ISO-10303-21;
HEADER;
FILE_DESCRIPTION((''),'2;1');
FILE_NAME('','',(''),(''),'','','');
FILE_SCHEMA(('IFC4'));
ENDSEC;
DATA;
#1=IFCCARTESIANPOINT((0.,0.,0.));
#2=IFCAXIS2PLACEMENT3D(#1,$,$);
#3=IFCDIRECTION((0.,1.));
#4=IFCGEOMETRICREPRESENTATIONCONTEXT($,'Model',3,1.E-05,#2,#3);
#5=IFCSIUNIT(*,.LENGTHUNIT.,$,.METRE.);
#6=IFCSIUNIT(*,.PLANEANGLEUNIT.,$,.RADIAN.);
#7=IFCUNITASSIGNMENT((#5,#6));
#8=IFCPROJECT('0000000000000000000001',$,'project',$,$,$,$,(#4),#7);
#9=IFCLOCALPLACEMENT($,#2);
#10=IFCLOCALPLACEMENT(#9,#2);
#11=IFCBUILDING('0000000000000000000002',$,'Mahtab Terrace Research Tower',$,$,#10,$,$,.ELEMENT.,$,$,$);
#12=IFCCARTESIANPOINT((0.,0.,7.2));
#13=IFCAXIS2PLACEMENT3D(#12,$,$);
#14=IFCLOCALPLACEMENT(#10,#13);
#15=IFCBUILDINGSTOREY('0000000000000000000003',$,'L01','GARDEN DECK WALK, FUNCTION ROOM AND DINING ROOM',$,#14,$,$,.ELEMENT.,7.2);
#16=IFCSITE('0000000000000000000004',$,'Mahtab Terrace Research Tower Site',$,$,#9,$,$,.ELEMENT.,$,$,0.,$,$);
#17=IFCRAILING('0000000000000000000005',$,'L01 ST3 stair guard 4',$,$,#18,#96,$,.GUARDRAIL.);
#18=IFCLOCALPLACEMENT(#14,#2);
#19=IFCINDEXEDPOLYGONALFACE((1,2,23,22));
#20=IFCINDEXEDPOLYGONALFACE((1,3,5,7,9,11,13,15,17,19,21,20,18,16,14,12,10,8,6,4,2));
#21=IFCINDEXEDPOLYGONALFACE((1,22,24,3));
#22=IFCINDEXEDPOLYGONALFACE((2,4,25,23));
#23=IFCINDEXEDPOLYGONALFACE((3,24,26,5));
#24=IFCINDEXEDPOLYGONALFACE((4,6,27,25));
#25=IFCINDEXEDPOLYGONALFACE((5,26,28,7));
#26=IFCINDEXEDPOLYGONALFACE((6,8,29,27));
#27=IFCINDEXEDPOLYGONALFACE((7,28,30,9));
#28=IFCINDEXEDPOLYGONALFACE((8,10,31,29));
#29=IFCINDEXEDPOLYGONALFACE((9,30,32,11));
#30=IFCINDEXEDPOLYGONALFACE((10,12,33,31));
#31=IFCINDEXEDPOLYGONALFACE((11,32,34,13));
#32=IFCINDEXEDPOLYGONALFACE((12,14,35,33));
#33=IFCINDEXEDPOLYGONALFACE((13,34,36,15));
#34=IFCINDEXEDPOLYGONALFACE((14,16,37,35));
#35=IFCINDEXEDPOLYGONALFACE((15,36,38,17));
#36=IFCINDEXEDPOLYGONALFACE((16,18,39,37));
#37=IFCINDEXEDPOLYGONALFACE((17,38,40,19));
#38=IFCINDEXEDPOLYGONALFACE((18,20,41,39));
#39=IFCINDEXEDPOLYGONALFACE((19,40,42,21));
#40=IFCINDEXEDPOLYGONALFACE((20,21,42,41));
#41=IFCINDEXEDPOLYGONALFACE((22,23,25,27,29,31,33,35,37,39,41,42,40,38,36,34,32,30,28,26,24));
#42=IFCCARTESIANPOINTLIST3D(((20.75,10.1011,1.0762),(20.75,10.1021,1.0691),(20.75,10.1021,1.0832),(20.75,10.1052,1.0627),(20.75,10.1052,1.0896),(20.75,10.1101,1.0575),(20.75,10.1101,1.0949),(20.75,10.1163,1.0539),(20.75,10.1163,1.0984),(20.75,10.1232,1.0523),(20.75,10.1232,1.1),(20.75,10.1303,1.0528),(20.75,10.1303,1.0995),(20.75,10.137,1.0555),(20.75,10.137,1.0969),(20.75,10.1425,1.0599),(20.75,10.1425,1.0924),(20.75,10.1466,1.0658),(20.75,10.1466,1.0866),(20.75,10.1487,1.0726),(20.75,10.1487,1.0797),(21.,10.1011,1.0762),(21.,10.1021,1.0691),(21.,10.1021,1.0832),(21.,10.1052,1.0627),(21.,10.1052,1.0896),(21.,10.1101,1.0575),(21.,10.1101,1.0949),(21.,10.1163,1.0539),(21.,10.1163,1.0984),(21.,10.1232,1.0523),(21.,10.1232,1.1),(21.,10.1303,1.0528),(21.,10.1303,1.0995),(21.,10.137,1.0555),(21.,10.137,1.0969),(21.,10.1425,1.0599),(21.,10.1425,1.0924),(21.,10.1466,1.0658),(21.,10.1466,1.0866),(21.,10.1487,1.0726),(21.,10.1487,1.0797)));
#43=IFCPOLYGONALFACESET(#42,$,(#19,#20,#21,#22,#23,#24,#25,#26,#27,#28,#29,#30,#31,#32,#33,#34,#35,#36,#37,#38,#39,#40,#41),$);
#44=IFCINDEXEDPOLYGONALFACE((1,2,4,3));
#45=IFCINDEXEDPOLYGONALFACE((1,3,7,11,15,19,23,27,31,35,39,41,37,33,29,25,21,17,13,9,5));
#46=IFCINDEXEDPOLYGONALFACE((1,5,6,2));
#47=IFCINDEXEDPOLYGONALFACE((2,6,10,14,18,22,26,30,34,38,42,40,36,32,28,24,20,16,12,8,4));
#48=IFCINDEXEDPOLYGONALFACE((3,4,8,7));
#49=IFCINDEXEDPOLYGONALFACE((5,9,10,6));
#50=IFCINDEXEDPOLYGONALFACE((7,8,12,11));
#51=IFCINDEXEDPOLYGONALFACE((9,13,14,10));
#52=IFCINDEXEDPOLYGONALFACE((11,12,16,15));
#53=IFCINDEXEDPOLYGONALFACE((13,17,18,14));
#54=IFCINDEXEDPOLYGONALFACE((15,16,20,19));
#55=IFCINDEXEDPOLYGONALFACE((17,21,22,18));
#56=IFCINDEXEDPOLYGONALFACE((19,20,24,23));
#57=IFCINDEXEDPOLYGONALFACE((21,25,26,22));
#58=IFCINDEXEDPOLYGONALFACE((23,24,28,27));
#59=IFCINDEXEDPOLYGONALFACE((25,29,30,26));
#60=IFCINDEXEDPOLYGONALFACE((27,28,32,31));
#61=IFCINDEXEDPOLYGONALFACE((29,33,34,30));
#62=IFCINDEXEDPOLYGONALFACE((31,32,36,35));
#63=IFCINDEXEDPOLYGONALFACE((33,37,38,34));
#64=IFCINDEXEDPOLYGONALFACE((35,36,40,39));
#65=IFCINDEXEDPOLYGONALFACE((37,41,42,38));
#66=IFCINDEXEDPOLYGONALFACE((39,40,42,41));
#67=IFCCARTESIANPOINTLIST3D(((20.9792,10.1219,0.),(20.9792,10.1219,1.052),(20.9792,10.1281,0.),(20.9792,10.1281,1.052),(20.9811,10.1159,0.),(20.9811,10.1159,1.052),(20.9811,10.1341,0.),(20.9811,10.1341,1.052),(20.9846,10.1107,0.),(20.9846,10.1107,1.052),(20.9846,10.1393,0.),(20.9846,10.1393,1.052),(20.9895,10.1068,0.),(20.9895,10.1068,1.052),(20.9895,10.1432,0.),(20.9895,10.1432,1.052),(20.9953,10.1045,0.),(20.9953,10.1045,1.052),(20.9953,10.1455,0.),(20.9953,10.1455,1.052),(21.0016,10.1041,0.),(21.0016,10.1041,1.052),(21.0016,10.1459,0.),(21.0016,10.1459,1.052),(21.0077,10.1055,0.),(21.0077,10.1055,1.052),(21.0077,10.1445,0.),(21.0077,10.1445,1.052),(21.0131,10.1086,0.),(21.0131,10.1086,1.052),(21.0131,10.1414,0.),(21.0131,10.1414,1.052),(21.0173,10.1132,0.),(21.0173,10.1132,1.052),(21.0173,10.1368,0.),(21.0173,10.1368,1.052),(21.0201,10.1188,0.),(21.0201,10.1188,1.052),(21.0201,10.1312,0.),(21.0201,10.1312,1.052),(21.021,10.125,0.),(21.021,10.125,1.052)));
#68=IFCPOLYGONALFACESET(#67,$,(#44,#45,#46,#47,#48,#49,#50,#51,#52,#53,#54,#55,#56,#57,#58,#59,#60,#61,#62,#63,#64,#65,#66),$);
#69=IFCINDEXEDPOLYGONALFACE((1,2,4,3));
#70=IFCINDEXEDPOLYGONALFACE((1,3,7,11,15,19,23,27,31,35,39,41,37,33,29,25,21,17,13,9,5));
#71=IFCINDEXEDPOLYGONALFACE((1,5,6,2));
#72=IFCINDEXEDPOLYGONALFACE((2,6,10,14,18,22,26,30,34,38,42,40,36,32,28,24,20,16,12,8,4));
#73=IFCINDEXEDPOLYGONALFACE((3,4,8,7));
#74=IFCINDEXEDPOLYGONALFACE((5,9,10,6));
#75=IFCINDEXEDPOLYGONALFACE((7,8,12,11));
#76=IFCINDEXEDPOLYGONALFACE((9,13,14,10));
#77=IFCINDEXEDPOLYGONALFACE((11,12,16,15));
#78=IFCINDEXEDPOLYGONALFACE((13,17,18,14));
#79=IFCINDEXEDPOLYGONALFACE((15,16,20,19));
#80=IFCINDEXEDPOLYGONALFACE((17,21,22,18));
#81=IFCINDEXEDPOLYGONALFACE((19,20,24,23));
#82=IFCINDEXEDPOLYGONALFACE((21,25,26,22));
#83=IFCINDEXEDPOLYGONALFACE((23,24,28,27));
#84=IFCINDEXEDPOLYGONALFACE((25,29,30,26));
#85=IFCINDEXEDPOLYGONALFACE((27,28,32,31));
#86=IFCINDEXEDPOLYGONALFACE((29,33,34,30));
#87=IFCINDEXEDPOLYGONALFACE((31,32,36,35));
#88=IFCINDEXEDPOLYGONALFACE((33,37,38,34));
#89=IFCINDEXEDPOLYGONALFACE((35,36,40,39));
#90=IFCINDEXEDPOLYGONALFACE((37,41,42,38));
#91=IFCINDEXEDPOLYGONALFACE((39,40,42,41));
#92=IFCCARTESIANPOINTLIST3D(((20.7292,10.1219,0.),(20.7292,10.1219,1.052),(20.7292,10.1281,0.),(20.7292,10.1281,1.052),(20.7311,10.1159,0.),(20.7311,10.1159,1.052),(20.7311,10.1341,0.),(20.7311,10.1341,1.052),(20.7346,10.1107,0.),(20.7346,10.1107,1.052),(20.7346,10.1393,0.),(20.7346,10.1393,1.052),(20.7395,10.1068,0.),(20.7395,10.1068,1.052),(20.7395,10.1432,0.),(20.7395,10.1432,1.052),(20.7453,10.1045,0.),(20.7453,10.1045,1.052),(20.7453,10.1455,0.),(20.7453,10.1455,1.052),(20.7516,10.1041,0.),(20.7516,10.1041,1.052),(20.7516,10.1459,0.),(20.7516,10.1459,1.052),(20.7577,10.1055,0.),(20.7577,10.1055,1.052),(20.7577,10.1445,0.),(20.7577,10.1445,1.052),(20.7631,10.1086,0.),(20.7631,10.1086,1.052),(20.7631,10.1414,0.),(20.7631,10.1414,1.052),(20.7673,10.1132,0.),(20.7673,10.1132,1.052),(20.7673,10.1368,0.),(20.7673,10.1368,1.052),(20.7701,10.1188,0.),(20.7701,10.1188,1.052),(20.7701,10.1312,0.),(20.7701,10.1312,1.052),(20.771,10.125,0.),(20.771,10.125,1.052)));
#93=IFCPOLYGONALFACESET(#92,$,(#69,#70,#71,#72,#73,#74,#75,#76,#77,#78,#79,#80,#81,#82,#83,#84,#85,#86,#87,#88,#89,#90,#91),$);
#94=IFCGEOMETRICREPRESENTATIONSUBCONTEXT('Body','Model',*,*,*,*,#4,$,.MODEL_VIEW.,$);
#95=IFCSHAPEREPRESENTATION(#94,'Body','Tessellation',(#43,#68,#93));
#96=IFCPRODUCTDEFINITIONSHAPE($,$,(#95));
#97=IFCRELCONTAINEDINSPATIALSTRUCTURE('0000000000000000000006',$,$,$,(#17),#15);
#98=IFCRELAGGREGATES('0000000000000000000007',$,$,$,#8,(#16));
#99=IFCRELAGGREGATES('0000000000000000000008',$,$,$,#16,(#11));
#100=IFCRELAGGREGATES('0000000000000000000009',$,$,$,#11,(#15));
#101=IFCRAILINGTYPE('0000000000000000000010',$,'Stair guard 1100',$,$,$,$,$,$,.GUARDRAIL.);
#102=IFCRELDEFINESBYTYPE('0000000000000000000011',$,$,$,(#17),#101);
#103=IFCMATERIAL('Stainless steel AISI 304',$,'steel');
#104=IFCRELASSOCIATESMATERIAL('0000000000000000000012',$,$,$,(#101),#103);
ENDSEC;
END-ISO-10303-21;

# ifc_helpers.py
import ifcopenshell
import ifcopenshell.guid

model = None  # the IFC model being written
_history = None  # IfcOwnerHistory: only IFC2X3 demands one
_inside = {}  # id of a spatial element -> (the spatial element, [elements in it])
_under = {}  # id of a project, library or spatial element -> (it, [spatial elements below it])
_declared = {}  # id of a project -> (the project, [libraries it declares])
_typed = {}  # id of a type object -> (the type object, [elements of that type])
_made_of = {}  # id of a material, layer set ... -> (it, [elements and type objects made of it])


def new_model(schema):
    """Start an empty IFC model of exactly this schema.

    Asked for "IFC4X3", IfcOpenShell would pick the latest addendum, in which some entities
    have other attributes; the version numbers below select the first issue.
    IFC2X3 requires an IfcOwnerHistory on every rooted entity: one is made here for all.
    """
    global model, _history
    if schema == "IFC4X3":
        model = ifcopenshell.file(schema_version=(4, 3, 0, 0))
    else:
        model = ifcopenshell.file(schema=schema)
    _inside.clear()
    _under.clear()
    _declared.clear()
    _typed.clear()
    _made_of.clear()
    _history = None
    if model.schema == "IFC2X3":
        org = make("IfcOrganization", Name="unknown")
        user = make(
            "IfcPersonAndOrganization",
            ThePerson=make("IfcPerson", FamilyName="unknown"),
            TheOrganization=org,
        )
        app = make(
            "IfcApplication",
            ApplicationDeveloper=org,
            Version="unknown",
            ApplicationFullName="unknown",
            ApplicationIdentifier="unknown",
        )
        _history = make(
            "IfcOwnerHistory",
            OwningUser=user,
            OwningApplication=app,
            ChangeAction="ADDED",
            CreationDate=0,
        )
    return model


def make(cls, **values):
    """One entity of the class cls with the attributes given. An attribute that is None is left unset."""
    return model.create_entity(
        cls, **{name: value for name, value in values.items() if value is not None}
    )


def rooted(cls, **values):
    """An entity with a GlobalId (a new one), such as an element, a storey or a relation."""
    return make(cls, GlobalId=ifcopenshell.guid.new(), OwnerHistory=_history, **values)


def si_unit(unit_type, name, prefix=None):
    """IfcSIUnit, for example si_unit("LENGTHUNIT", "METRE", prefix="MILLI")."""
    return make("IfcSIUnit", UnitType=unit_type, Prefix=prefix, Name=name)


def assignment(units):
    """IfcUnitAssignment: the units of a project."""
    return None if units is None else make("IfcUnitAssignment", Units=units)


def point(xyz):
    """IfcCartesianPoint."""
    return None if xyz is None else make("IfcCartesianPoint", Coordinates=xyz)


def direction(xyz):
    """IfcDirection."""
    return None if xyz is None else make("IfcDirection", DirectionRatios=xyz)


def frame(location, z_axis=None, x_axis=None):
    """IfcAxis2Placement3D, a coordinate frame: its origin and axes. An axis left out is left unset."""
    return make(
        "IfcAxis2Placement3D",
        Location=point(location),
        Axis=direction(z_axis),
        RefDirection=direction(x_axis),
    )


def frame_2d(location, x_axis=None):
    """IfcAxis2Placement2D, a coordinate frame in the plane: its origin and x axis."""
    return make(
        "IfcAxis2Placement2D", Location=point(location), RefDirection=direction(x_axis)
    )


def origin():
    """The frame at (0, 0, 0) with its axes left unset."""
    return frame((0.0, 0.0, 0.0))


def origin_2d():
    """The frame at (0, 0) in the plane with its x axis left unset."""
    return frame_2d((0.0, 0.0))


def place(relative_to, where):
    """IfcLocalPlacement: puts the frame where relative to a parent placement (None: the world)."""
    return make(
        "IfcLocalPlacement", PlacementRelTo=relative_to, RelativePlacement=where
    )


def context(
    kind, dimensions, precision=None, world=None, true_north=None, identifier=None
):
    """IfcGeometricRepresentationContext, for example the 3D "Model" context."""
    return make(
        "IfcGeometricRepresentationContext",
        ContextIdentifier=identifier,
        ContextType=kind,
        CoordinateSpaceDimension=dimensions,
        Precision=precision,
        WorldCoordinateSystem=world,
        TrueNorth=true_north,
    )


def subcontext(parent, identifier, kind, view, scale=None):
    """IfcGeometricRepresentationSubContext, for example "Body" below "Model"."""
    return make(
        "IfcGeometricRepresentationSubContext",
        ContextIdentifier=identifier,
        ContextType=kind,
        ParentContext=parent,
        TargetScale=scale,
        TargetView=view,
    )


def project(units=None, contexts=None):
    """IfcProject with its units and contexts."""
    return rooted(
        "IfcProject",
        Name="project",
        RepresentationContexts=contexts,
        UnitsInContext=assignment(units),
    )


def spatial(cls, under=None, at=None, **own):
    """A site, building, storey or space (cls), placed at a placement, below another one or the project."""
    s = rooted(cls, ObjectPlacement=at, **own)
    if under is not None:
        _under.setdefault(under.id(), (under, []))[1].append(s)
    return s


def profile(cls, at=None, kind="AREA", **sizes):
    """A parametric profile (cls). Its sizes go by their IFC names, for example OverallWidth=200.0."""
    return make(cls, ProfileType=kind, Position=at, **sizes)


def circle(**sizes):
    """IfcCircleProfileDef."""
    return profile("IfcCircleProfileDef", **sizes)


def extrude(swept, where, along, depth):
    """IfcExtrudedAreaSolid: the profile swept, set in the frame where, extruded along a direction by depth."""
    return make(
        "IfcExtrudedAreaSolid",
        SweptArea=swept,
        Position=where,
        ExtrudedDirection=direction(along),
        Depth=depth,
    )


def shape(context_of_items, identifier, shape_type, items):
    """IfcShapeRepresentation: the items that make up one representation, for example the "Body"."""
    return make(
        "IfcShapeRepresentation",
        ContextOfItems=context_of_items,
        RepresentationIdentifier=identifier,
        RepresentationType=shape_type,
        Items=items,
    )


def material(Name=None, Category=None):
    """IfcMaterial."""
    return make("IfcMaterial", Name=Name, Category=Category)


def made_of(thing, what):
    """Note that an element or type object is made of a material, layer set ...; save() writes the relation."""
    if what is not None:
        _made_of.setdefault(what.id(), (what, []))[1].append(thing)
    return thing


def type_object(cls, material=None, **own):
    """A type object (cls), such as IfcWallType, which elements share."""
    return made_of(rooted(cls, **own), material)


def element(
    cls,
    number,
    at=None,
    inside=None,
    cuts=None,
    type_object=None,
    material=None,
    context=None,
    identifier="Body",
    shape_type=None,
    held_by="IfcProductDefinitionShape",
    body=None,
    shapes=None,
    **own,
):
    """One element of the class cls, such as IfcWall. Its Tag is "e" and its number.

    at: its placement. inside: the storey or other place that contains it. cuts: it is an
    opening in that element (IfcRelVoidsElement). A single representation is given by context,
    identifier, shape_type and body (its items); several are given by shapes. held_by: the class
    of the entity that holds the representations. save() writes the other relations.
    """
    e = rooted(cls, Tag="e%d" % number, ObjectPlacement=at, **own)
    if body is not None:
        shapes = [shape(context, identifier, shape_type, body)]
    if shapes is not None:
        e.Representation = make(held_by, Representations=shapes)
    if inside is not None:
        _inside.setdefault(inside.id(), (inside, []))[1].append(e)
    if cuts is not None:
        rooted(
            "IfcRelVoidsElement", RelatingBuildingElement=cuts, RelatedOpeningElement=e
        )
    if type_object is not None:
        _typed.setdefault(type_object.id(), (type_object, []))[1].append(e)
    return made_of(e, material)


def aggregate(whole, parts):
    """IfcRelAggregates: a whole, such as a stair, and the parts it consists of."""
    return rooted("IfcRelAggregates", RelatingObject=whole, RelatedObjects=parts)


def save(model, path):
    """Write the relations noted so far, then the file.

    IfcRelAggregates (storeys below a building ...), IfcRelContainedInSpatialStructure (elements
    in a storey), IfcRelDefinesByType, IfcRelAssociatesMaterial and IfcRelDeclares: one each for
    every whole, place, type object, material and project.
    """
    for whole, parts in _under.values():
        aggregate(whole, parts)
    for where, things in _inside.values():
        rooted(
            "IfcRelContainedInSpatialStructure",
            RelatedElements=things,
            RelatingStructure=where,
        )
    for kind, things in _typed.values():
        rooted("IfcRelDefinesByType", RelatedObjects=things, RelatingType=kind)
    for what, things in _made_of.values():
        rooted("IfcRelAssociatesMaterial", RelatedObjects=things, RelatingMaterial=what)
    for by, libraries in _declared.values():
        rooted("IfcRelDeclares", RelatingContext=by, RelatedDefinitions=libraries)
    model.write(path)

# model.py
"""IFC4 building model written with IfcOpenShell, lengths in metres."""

from ifc_helpers import new_model, si_unit, direction, frame, origin, origin_2d, place, context, subcontext, project, spatial, circle, extrude, material, type_object, element, save


model = new_model("IFC4")

# Units and contexts
model_context = context("Model", 3, precision=1e-05, world=origin(), true_north=direction((0.0, 1.0)))
body_context = subcontext(model_context, "Body", "Model", "MODEL_VIEW")
ifc_project = project(units=[si_unit("LENGTHUNIT", "METRE"), si_unit("PLANEANGLEUNIT", "RADIAN")], contexts=[model_context])

# Site, building, storey
site_placement = place(None, origin())
site = spatial("IfcSite", under=ifc_project, at=site_placement, Name="Mahtab Terrace Research Tower Site", CompositionType="ELEMENT", RefElevation=0.0)
building_placement = place(site_placement, origin())
building = spatial("IfcBuilding", under=site, at=building_placement, Name="Mahtab Terrace Research Tower", CompositionType="ELEMENT")
storey_placement = place(building_placement, frame((0.0, 0.0, 7.2)))
storey = spatial("IfcBuildingStorey", under=building, at=storey_placement, Name="L01", Description="GARDEN DECK WALK, FUNCTION ROOM AND DINING ROOM", CompositionType="ELEMENT", Elevation=7.2)

# Railing
ifc_material_1 = material(Name="Stainless steel AISI 304", Category="steel")
railing_type_1 = type_object("IfcRailingType", Name="Stair guard 1100", PredefinedType="GUARDRAIL", material=ifc_material_1)
railing_1_placement = place(storey_placement, frame((21.0, 10.125, 0.0)))
element("IfcRailing", 1, at=railing_1_placement, inside=storey, type_object=railing_type_1, Name="L01 ST3 stair guard 4", PredefinedType="GUARDRAIL", context=body_context, shape_type="SweptSolid", body=[
    extrude(circle(Radius=0.0239, at=origin_2d()), frame((0.0, 0.0, 1.0762), z_axis=(-1.0, 0.0, 0.0), x_axis=(0.0, -1.0, 0.0)), (0.0, 0.0, 1.0), 0.25),
    extrude(circle(Radius=0.021, at=origin_2d()), origin(), (0.0, 0.0, 1.0), 1.052),
    extrude(circle(Radius=0.021, at=origin_2d()), frame((-0.25, 0.0, 0.0)), (0.0, 0.0, 1.0), 1.052),
])

save(model, "model.ifc")
